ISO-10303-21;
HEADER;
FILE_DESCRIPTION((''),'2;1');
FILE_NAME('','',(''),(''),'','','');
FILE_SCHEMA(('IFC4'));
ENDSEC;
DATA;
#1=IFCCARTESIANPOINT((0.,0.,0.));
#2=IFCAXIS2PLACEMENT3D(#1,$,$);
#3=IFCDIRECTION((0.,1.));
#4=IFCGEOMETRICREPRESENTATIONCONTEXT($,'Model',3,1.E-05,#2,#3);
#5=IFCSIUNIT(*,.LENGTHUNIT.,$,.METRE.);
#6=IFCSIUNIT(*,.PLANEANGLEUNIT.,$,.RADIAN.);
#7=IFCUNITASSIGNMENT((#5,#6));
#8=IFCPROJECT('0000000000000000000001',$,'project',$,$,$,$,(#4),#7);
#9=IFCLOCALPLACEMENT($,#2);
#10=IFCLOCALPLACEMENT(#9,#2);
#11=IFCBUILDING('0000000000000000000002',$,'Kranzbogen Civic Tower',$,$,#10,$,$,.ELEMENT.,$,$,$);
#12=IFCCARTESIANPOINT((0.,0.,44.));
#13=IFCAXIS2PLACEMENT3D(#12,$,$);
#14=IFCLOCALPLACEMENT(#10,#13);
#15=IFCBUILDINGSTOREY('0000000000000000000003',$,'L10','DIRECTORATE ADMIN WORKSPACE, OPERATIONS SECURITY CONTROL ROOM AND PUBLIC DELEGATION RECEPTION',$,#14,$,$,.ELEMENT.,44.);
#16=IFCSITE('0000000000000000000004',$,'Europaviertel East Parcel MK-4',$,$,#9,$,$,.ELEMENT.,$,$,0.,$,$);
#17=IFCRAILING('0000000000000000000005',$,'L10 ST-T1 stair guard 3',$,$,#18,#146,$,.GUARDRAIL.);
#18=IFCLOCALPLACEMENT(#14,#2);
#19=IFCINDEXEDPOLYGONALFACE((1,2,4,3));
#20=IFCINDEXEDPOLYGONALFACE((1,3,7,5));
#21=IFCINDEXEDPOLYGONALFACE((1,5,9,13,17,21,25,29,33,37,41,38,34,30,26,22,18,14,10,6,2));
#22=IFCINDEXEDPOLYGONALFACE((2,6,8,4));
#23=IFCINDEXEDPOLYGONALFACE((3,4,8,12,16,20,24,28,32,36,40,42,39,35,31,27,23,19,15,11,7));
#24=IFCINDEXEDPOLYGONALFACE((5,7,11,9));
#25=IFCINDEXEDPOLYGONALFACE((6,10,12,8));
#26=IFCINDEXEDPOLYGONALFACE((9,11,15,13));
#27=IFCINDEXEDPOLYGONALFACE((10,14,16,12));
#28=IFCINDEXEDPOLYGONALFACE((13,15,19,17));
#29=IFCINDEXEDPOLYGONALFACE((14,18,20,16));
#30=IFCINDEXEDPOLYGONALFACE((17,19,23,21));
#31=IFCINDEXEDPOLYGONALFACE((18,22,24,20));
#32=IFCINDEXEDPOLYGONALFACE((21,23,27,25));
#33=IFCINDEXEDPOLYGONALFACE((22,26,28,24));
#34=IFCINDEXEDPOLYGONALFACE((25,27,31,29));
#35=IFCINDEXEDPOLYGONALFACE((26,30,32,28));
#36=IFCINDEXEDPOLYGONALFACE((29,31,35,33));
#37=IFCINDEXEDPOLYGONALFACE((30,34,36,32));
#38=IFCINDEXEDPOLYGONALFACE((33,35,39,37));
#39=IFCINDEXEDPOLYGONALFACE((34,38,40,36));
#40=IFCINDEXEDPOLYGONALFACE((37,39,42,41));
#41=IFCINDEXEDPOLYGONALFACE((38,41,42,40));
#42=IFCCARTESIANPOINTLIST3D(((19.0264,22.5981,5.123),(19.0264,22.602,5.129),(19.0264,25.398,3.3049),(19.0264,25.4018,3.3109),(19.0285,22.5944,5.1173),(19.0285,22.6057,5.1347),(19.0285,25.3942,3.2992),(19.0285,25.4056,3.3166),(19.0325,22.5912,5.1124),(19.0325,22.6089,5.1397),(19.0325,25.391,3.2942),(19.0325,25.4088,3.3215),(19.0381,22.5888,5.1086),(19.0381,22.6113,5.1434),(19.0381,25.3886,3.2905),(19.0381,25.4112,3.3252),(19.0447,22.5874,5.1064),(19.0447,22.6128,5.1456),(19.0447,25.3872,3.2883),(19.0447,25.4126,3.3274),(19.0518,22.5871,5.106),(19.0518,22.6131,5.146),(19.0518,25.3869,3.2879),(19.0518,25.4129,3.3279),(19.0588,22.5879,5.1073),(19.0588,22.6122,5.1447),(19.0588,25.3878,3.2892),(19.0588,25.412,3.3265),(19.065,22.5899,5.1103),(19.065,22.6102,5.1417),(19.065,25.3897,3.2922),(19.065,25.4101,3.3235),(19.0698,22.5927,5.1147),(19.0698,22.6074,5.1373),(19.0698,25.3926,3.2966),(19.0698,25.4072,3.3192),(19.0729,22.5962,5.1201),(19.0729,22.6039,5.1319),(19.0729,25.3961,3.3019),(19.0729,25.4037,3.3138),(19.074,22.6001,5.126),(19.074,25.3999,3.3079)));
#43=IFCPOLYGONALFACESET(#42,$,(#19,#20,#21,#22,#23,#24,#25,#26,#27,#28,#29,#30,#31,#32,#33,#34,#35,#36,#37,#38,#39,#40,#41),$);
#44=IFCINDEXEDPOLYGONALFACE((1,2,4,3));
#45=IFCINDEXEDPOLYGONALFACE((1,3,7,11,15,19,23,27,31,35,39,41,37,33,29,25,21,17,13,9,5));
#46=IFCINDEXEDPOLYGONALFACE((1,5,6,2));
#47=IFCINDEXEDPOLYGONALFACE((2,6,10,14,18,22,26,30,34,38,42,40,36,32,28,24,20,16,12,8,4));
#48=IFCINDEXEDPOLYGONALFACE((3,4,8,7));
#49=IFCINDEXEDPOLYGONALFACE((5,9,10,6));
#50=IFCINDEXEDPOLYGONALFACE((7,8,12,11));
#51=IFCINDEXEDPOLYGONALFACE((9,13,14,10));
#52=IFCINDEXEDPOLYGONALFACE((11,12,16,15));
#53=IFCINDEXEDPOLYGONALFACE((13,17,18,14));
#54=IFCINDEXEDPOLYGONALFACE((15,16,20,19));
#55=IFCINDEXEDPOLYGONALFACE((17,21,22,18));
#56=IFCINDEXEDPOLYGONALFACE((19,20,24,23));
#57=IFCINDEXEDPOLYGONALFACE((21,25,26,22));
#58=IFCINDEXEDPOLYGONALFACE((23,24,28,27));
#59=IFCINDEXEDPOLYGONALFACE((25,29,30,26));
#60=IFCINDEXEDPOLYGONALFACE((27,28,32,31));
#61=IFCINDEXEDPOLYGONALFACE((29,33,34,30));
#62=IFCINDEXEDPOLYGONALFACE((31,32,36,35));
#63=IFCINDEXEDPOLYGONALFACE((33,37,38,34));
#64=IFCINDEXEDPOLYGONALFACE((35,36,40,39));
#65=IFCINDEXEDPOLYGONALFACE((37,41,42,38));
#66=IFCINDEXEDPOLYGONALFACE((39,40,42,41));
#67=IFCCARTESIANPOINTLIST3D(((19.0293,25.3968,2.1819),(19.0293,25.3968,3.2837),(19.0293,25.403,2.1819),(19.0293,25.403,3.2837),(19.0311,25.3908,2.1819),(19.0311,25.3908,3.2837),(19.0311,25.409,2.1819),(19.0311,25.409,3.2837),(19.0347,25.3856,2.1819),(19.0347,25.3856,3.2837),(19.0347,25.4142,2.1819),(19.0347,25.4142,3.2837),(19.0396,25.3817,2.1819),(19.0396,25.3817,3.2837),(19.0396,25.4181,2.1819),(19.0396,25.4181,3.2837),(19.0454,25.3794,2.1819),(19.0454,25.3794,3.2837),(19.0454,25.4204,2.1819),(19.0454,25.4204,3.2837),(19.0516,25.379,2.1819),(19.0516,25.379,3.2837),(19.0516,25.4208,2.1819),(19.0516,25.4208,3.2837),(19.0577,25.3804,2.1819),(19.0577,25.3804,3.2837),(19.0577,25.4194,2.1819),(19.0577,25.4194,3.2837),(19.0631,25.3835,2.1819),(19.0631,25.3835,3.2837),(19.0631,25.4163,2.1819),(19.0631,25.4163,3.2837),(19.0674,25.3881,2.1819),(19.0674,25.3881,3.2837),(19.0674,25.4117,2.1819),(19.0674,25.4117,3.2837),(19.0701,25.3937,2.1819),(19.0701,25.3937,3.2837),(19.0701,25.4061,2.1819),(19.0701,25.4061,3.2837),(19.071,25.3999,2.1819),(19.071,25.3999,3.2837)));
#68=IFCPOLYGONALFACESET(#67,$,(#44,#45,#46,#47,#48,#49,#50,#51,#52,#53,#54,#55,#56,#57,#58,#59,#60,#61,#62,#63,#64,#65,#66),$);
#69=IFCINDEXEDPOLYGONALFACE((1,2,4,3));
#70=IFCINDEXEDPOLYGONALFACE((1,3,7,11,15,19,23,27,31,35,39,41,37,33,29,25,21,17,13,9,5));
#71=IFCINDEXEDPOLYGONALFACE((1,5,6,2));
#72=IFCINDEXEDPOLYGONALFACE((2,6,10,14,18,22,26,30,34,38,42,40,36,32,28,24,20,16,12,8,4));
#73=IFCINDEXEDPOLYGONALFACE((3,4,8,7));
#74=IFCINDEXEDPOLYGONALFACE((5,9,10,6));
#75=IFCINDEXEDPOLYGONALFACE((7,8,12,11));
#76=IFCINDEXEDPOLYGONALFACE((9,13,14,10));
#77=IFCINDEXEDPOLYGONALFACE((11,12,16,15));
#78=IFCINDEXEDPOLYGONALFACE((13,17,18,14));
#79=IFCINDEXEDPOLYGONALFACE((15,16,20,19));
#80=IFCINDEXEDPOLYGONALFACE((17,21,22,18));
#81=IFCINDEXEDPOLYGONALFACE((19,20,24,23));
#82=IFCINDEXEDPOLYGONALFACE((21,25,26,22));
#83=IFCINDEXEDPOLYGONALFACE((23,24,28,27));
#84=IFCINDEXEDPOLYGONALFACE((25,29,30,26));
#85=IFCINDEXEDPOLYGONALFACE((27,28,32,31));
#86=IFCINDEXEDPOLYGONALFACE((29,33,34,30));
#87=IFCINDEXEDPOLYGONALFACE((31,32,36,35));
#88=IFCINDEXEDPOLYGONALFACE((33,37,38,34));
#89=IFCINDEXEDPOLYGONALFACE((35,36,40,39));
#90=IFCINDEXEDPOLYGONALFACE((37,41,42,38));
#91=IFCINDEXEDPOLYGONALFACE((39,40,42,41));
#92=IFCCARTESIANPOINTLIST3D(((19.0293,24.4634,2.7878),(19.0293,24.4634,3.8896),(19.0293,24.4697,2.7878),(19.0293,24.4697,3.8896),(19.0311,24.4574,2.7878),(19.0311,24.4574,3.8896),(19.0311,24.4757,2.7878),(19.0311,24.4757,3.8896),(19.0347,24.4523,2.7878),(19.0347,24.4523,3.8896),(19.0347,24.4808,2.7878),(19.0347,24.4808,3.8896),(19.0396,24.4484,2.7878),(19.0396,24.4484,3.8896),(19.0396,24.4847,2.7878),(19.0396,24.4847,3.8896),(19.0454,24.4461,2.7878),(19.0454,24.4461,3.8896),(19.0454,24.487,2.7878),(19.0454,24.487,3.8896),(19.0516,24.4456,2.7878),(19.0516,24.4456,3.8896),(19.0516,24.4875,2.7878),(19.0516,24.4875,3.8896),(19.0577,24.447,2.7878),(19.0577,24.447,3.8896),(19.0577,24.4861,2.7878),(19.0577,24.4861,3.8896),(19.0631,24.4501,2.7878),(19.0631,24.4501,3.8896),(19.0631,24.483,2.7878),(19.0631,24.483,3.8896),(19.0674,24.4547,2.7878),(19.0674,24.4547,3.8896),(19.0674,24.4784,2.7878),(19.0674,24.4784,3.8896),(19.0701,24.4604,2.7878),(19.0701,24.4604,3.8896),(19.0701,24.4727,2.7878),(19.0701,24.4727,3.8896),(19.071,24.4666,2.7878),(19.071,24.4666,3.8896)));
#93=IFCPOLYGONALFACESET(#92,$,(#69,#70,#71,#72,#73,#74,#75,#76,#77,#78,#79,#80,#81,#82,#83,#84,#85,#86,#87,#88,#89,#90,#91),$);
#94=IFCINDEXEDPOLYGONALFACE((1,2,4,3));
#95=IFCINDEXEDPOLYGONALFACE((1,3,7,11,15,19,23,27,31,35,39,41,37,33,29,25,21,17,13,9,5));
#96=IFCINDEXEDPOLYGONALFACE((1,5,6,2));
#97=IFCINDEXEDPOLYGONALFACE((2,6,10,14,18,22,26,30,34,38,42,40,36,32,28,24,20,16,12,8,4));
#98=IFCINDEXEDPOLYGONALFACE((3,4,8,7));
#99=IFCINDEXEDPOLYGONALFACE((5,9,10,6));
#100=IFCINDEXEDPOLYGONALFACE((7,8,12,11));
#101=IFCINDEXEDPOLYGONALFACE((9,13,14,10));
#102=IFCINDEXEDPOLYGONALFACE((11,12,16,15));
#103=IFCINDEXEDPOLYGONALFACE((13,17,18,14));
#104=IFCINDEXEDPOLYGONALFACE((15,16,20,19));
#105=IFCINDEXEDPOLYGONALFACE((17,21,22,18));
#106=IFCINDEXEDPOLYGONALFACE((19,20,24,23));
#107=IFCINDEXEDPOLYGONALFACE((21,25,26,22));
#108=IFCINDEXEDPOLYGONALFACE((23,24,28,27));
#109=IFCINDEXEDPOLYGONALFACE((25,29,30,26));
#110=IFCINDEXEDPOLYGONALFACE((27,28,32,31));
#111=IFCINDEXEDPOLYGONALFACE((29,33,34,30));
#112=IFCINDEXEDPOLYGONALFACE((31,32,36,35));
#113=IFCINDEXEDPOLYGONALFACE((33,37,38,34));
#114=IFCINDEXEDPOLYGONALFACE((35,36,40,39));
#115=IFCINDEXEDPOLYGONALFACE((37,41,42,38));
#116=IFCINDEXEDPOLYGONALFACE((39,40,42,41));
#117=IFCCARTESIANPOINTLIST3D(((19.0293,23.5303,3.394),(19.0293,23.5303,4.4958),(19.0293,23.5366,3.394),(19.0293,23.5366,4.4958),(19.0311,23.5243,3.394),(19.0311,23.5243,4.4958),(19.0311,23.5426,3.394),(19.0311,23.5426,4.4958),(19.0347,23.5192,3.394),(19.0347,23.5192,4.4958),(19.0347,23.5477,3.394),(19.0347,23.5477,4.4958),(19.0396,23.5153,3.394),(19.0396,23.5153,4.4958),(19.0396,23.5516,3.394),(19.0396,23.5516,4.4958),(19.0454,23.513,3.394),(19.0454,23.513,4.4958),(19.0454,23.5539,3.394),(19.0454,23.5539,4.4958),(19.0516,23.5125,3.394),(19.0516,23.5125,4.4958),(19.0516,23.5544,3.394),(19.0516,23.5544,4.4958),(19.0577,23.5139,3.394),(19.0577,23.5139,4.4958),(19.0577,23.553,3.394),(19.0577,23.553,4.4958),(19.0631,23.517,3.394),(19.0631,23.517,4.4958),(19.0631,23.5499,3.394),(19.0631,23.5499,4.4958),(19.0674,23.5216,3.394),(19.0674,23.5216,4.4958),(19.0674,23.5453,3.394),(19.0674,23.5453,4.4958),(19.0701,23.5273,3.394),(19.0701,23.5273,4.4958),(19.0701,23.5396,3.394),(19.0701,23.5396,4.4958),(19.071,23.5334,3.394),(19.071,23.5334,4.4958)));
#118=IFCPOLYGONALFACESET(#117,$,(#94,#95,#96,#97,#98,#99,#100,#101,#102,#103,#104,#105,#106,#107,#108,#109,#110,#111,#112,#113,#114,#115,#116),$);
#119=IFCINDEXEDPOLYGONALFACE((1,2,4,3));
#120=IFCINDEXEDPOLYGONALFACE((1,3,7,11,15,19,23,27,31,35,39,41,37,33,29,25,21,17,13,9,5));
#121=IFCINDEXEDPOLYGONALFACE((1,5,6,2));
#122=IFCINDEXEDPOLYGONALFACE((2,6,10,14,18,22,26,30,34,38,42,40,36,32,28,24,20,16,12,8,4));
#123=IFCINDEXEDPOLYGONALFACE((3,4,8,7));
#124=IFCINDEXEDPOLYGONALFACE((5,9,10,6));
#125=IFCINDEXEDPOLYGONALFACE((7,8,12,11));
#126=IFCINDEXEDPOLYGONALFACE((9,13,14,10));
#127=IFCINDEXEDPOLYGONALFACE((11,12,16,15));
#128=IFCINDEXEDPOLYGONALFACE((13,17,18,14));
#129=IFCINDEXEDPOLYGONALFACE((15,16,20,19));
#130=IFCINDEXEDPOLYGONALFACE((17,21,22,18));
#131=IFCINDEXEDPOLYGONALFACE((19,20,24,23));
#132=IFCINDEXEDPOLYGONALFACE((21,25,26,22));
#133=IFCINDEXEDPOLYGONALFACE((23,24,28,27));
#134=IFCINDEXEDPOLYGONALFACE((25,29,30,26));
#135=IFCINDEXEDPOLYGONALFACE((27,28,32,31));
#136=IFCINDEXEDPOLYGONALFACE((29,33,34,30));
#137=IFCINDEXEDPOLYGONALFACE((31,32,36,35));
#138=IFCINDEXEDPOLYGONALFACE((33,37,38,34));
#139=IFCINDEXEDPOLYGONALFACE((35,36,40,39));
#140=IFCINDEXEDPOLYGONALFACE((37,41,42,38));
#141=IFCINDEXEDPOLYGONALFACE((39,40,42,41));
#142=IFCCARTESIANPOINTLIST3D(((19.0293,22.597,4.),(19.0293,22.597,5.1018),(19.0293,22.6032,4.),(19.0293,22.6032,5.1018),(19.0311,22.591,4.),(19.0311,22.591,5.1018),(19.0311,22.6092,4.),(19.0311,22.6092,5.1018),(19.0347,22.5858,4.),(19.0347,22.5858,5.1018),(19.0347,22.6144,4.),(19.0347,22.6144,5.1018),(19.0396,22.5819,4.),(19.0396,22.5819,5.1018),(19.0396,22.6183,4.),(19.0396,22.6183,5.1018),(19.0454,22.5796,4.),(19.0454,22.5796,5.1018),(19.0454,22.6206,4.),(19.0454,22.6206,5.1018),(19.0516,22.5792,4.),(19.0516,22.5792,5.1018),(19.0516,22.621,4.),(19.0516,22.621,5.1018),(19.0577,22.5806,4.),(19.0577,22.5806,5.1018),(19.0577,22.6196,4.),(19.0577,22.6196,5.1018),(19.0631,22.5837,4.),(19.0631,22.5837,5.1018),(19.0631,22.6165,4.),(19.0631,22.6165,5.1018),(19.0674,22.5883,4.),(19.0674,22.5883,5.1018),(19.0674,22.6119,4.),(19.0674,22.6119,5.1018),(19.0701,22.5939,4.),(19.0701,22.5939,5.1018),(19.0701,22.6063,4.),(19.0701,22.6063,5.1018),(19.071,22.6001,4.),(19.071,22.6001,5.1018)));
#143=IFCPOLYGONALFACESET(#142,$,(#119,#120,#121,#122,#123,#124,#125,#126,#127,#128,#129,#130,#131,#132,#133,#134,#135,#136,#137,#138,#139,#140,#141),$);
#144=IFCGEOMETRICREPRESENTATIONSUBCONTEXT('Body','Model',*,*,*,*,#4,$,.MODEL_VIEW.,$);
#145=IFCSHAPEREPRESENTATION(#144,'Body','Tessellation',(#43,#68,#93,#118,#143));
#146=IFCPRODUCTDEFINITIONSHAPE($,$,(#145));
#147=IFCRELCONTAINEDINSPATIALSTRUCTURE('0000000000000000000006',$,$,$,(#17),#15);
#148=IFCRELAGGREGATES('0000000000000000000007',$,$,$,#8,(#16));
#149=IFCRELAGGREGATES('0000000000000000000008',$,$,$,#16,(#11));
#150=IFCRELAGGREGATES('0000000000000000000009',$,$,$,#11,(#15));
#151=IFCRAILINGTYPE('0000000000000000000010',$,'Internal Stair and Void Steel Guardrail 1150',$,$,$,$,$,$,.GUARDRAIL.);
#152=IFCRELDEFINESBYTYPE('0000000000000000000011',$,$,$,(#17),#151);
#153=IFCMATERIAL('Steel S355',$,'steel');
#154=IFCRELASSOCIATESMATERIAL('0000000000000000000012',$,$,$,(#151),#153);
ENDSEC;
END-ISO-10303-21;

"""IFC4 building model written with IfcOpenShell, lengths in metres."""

from ifc_helpers import new_model, si_unit, direction, frame, origin, origin_2d, place, context, subcontext, project, spatial, circle, extrude, material, type_object, element, save


model = new_model("IFC4")

# Units and contexts
model_context = context("Model", 3, precision=1e-05, world=origin(), true_north=direction((0.0, 1.0)))
body_context = subcontext(model_context, "Body", "Model", "MODEL_VIEW")
ifc_project = project(units=[si_unit("LENGTHUNIT", "METRE"), si_unit("PLANEANGLEUNIT", "RADIAN")], contexts=[model_context])

# Site, building, storey
site_placement = place(None, origin())
site = spatial("IfcSite", under=ifc_project, at=site_placement, Name="Europaviertel East Parcel MK-4", CompositionType="ELEMENT", RefElevation=0.0)
building_placement = place(site_placement, origin())
building = spatial("IfcBuilding", under=site, at=building_placement, Name="Kranzbogen Civic Tower", CompositionType="ELEMENT")
storey_placement = place(building_placement, frame((0.0, 0.0, 44.0)))
storey = spatial("IfcBuildingStorey", under=building, at=storey_placement, Name="L10", Description="DIRECTORATE ADMIN WORKSPACE, OPERATIONS SECURITY CONTROL ROOM AND PUBLIC DELEGATION RECEPTION", CompositionType="ELEMENT", Elevation=44.0)

# Shared definitions
ifc_material_1 = material(Name="Steel S355", Category="steel")

# Railing
railing_type = type_object("IfcRailingType", Name="Internal Stair and Void Steel Guardrail 1150", PredefinedType="GUARDRAIL", material=ifc_material_1)
railing_1_placement = place(storey_placement, frame((19.05, 25.3999, 2.1819)))
element("IfcRailing", 1, at=railing_1_placement, inside=storey, type_object=railing_type, Name="L10 ST-T1 stair guard 3", PredefinedType="GUARDRAIL", context=body_context, shape_type="SweptSolid", body=[
    extrude(circle(Radius=0.0239, at=origin_2d()), frame((0.0, 0.0, 1.126), z_axis=(0.0, -0.838684, 0.544618), x_axis=(1.0, 0.0, 0.0)), (0.0, 0.0, 1.0), 3.3384),
    extrude(circle(Radius=0.021, at=origin_2d()), origin(), (0.0, 0.0, 1.0), 1.1018),
    extrude(circle(Radius=0.021, at=origin_2d()), frame((0.0, -0.9333, 0.606)), (0.0, 0.0, 1.0), 1.1018),
    extrude(circle(Radius=0.021, at=origin_2d()), frame((0.0, -1.8665, 1.2122)), (0.0, 0.0, 1.0), 1.1018),
    extrude(circle(Radius=0.021, at=origin_2d()), frame((0.0, -2.7998, 1.8181)), (0.0, 0.0, 1.0), 1.1018),
])

save(model, "model.ifc")
